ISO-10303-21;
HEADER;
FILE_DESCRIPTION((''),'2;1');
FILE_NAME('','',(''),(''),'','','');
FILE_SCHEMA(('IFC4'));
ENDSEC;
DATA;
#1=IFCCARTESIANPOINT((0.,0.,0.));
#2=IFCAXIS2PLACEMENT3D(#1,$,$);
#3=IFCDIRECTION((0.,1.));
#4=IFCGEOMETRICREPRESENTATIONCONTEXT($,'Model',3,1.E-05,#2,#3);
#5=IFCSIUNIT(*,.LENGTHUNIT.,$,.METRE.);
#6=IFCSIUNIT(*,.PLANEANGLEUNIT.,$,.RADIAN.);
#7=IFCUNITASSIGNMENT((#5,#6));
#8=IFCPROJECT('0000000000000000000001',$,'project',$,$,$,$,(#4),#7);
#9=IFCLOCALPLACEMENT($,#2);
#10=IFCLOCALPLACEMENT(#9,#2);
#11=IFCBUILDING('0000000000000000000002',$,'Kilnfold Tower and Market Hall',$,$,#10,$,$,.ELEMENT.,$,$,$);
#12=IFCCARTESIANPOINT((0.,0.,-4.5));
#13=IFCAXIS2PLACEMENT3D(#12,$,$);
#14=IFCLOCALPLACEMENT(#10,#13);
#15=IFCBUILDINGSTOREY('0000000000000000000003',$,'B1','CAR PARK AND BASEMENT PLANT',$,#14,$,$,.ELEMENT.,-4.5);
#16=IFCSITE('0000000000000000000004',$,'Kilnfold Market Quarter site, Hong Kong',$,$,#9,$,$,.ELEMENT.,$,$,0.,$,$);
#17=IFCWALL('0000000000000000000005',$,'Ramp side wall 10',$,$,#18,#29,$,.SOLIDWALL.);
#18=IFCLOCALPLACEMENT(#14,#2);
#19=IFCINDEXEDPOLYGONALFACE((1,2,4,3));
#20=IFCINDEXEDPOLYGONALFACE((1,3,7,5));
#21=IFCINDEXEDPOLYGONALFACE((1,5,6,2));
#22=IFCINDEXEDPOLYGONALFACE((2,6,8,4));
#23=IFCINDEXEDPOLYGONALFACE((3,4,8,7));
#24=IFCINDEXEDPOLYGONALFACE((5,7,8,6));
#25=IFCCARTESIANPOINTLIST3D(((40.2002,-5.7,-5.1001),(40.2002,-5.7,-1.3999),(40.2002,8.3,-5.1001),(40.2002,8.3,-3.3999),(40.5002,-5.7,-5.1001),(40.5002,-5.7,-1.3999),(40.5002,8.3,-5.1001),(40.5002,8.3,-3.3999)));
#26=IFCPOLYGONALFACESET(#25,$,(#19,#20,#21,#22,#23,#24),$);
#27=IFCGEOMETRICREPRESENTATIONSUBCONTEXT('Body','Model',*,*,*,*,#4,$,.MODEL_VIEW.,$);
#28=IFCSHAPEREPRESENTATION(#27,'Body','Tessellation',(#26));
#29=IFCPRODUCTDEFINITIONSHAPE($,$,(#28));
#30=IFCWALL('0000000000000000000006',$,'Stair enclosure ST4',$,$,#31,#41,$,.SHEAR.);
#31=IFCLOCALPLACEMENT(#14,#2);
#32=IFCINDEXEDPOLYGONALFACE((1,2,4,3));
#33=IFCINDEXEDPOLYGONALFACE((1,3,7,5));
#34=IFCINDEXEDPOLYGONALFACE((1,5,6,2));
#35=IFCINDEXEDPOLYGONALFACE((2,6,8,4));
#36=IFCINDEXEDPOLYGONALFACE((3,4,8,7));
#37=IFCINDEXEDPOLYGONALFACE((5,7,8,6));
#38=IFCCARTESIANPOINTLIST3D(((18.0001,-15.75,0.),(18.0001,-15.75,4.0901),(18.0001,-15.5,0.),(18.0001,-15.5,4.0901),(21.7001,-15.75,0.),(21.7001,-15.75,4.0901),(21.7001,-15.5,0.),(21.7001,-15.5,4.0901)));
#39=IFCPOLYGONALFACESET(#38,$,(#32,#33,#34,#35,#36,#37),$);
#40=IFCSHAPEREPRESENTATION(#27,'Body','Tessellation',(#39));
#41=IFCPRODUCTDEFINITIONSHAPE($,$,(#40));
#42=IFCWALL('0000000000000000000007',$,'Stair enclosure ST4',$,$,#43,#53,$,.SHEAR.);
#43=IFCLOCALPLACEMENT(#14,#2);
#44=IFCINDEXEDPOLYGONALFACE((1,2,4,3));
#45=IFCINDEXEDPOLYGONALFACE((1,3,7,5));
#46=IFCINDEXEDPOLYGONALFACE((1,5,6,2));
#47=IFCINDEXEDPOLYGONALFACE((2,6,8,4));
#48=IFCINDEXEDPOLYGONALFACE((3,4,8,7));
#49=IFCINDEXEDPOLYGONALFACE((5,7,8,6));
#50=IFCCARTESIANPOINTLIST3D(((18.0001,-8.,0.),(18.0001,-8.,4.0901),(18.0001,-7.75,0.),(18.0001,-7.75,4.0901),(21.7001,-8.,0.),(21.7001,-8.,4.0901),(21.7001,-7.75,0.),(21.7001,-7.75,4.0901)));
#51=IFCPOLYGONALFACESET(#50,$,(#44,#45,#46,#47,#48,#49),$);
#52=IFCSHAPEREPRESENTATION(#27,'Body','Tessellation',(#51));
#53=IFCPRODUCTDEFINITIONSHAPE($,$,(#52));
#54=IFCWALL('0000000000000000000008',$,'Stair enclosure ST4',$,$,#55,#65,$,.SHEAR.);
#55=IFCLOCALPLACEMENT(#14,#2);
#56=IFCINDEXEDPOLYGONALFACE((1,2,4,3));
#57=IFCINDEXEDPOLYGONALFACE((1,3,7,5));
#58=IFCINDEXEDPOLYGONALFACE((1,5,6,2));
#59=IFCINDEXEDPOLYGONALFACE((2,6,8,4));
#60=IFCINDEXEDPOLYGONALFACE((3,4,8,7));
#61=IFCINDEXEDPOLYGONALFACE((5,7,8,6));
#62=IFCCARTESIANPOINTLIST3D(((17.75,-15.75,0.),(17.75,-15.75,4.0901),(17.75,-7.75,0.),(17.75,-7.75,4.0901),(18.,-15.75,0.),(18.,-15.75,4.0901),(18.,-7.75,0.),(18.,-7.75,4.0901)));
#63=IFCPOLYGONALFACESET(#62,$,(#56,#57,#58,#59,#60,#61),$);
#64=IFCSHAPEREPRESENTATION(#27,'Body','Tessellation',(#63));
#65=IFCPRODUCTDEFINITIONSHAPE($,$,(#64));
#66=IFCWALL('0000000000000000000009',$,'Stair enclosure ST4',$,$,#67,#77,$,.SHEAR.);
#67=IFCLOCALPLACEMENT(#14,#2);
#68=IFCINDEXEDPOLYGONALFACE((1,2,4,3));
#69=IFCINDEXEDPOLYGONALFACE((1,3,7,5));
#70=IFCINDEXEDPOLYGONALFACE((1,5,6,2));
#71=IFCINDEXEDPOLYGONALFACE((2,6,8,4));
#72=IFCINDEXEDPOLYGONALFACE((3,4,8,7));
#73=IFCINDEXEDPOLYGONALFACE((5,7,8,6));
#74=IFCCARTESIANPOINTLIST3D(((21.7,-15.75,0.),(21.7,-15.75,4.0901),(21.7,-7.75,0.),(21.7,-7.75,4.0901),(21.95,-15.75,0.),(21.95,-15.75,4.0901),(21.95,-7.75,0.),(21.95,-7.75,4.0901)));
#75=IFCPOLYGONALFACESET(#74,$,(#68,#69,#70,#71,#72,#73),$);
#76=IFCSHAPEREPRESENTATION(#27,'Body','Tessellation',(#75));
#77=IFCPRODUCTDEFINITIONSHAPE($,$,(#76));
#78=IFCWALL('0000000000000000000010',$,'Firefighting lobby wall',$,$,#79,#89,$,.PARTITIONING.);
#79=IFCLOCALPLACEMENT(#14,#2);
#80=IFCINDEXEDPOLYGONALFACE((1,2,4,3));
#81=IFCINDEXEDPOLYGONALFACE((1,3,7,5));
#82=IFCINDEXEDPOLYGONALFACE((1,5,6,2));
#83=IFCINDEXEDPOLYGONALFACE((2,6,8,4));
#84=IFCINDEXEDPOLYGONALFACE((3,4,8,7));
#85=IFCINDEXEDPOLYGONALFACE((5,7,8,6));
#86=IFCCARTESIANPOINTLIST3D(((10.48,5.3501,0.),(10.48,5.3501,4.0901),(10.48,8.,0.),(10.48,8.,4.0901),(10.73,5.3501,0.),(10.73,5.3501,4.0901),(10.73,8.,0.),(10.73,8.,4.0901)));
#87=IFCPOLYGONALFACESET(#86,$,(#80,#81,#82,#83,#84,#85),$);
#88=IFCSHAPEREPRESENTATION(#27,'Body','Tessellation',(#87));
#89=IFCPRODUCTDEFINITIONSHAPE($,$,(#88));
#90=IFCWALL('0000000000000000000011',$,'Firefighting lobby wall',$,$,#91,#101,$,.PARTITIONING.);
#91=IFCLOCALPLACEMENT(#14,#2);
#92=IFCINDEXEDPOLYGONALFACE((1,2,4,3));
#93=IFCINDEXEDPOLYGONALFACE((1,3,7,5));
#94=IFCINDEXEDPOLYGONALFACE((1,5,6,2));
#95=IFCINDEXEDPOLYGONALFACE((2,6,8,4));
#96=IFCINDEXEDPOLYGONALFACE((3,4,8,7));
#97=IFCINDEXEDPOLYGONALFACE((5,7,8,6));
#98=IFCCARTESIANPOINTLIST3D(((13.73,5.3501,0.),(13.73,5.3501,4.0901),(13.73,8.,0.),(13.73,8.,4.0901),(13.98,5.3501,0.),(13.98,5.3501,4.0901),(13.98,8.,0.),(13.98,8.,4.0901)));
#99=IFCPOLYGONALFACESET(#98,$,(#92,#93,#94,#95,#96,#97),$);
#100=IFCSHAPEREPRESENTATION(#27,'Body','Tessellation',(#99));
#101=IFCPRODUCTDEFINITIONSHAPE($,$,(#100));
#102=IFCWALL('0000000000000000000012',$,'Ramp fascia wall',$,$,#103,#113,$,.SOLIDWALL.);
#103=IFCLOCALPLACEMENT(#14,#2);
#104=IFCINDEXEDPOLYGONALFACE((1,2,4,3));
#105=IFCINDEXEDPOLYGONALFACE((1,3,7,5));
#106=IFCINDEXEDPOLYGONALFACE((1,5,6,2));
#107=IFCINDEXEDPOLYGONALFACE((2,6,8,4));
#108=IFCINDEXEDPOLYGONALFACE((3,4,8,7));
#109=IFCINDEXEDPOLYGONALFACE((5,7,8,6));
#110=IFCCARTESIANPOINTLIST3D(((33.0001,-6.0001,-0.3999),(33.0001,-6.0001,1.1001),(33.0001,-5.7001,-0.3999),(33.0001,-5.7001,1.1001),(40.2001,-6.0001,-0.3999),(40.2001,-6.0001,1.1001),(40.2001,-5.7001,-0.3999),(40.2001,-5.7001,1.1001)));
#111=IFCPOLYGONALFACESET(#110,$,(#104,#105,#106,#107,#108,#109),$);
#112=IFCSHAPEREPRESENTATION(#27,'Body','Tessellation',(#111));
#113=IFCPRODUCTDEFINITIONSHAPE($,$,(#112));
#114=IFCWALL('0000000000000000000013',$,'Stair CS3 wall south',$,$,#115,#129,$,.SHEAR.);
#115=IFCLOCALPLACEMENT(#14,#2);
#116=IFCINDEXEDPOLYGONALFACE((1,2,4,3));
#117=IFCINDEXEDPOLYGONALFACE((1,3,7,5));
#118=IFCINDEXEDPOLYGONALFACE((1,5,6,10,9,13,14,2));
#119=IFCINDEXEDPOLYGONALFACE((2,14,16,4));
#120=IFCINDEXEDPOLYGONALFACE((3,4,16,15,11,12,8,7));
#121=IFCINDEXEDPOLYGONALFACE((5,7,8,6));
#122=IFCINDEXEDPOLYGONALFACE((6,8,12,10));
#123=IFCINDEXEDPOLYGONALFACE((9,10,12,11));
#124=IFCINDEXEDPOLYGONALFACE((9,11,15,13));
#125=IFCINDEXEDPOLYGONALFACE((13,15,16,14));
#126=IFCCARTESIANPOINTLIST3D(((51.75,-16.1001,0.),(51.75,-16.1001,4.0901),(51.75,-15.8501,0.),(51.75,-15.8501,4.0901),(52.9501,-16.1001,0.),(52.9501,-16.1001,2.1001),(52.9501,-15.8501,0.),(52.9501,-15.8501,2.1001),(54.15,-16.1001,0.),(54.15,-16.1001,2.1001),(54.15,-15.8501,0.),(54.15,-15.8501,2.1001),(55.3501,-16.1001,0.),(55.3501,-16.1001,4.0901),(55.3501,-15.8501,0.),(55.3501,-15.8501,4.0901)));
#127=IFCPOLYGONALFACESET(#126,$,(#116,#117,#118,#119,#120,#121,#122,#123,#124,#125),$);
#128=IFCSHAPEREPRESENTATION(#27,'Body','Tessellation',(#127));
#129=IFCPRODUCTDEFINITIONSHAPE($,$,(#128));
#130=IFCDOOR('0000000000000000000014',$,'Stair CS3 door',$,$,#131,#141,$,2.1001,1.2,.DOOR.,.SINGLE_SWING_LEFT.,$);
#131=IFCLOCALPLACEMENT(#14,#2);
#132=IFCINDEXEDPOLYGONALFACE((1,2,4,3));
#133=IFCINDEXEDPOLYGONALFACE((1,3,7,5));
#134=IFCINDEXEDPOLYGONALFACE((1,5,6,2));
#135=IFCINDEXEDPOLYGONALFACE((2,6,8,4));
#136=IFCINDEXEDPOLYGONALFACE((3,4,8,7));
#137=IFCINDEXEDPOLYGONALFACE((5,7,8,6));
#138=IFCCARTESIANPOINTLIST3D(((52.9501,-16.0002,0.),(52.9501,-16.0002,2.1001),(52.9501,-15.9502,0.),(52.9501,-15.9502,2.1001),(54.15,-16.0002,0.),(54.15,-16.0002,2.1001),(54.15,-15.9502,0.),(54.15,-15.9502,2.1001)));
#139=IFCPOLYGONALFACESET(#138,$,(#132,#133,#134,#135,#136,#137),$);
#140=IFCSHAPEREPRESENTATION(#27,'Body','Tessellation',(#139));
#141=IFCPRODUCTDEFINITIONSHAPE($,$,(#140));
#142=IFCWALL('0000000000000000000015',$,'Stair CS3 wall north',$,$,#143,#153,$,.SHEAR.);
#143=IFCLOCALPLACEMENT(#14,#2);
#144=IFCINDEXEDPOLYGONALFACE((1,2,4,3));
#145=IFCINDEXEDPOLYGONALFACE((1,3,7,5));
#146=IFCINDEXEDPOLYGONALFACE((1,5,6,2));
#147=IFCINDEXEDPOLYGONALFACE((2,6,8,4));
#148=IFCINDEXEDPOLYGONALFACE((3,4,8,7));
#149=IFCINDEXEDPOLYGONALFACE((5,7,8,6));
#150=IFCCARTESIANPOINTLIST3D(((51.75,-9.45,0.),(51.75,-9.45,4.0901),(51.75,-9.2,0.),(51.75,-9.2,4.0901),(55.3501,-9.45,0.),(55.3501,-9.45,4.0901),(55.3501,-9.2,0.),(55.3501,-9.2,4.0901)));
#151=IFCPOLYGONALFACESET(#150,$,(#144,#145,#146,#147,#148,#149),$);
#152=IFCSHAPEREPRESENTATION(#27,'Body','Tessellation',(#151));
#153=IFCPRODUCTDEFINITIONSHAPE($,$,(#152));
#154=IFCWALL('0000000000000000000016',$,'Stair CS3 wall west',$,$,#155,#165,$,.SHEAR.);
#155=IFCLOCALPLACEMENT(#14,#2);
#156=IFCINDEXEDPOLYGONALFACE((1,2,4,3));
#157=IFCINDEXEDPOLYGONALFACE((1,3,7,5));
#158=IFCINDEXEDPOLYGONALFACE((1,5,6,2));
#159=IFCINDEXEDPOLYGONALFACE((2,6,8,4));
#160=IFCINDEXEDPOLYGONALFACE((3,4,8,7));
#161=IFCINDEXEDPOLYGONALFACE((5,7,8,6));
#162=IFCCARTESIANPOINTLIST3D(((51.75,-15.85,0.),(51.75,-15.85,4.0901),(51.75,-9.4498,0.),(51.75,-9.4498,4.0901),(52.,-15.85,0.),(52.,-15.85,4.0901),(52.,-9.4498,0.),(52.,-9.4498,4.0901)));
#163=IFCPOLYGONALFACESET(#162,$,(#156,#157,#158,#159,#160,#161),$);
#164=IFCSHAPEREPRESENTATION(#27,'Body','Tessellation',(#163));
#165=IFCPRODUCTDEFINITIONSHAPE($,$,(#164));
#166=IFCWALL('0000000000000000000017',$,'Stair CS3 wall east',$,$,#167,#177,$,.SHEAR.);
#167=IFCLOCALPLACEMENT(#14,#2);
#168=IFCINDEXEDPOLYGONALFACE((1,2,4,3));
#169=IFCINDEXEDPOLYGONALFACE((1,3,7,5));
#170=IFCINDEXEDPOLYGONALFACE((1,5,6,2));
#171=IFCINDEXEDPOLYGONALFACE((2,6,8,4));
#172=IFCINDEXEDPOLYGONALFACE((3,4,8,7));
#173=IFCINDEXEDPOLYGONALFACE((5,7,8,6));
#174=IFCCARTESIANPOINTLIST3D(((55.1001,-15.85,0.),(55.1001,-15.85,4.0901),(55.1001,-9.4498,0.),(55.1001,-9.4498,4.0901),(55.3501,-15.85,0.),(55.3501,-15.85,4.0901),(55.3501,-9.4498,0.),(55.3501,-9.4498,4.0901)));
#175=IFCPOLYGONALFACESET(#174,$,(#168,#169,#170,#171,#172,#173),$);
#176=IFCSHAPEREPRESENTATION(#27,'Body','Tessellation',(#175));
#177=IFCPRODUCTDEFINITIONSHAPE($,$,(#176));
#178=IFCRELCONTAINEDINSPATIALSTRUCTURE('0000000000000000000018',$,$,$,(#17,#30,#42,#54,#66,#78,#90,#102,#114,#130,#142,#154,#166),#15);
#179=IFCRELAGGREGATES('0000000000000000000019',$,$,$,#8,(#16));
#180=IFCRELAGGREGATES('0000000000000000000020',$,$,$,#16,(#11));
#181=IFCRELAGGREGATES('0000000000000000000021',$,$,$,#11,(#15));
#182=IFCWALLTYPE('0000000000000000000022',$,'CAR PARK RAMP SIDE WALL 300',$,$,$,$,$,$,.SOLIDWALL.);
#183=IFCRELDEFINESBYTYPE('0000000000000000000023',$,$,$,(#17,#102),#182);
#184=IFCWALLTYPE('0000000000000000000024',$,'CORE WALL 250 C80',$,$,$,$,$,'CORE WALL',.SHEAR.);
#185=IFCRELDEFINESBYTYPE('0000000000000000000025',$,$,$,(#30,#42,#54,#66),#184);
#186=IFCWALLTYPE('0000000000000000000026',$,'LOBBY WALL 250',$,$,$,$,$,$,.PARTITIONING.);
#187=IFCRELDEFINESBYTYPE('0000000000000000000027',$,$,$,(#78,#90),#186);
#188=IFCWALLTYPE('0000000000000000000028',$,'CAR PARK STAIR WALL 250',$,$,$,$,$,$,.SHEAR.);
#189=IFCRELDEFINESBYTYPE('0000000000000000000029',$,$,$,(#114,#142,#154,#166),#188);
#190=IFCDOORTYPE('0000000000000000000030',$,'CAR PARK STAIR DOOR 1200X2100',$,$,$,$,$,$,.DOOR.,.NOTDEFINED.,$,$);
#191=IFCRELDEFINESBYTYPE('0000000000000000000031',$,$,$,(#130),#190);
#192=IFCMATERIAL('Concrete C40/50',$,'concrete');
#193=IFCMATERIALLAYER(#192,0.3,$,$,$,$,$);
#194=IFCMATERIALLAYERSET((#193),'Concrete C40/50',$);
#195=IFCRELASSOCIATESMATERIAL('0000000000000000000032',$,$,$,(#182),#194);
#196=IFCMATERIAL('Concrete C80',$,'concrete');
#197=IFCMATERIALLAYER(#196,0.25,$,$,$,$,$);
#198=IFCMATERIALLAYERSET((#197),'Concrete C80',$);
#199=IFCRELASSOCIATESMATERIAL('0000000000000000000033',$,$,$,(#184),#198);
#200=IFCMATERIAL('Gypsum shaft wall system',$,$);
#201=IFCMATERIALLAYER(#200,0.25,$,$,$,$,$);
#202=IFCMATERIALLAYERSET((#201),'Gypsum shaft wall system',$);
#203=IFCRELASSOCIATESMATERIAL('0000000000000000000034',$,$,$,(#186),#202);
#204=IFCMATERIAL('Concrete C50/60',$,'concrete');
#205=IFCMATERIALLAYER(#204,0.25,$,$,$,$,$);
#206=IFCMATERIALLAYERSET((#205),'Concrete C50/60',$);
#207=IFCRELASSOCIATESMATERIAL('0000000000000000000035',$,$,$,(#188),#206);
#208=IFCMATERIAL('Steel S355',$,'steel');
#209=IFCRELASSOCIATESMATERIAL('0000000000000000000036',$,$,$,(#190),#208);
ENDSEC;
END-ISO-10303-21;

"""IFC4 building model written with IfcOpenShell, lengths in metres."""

from ifc_helpers import new_model, si_unit, direction, frame, frame_2d, origin, place, context, subcontext, project, spatial, polyline, rectangle, outline, extrude, source, transform, mapped, material, layer, layer_set, type_object, element, fill, save


model = new_model("IFC4")

# Units and contexts
model_context = context("Model", 3, precision=1e-05, world=origin(), true_north=direction((0.0, 1.0)))
body_context = subcontext(model_context, "Body", "Model", "MODEL_VIEW")
ifc_project = project(units=[si_unit("LENGTHUNIT", "METRE"), si_unit("PLANEANGLEUNIT", "RADIAN")], contexts=[model_context])

# Site, building, storey
site_placement = place(None, origin())
site = spatial("IfcSite", under=ifc_project, at=site_placement, Name="Kilnfold Market Quarter site, Hong Kong", CompositionType="ELEMENT", RefElevation=0.0)
building_placement = place(site_placement, origin())
building = spatial("IfcBuilding", under=site, at=building_placement, Name="Kilnfold Tower and Market Hall", CompositionType="ELEMENT")
storey_placement = place(building_placement, frame((0.0, 0.0, -4.5)))
storey = spatial("IfcBuildingStorey", under=building, at=storey_placement, Name="B1", Description="CAR PARK AND BASEMENT PLANT", CompositionType="ELEMENT", Elevation=-4.5)

# Walls
ifc_material_1 = material(Name="Concrete C40/50", Category="concrete")
ifc_layer_1 = layer(ifc_material_1, 0.3)
ifc_layer_set_1 = layer_set([ifc_layer_1], Name="Concrete C40/50")
wall_type_1 = type_object("IfcWallType", Name="CAR PARK RAMP SIDE WALL 300", PredefinedType="SOLIDWALL", material=ifc_layer_set_1)
for number, where, z_axis, x_axis, name in (
    (1, (40.3501, -5.7, -5.1001), (0.0, 0.0, 1.0), (0.0, 1.0, 0.0), "Ramp side wall 10"),
):
    element("IfcWall", number, at=place(storey_placement, frame(where, z_axis=z_axis, x_axis=x_axis)), inside=storey, type_object=wall_type_1, Name=name, PredefinedType="SOLIDWALL", context=body_context, shape_type="SweptSolid", body=[
        extrude(outline(polyline([(0.0, 0.0), (14.0, 0.0), (14.0, 1.7002), (0.0, 3.7002), (0.0, 0.0)])), frame((0.0, 0.1499, 0.0), z_axis=(0.0, -1.0, 0.0), x_axis=(1.0, 0.0, 0.0)), (0.0, 0.0, 1.0), 0.3),
    ])
ifc_material_2 = material(Name="Concrete C80", Category="concrete")
ifc_layer_2 = layer(ifc_material_2, 0.25)
ifc_layer_set_2 = layer_set([ifc_layer_2], Name="Concrete C80")
wall_type_2 = type_object("IfcWallType", Name="CORE WALL 250 C80", ElementType="CORE WALL", PredefinedType="SHEAR", material=ifc_layer_set_2)
shared_shape_1 = source(origin(), body_context, "Body", "SweptSolid", [
    extrude(rectangle(XDim=3.7, YDim=0.25, at=frame_2d((1.8501, 0.0))), origin(), (0.0, 0.0, 1.0), 4.0901),
])
for number, where, z_axis, x_axis, name in (
    (2, (18.0, -15.625, 0.0), (0.0, 0.0, 1.0), (1.0, 0.0, 0.0), "Stair enclosure ST4"),
    (3, (18.0, -7.875, 0.0), (0.0, 0.0, 1.0), (1.0, 0.0, 0.0), "Stair enclosure ST4"),
):
    element("IfcWall", number, at=place(storey_placement, frame(where, z_axis=z_axis, x_axis=x_axis)), inside=storey, type_object=wall_type_2, Name=name, PredefinedType="SHEAR", context=body_context, shape_type="MappedRepresentation", body=[
        mapped(shared_shape_1, transform((0.0, 0.0, 0.0))),
    ])
shared_shape_2 = source(origin(), body_context, "Body", "SweptSolid", [
    extrude(rectangle(XDim=8.0, YDim=0.25, at=frame_2d((4.0, 0.0))), origin(), (0.0, 0.0, 1.0), 4.0901),
])
for number, where, z_axis, x_axis, name in (
    (4, (17.875, -15.75, 0.0), (0.0, 0.0, 1.0), (0.0, 1.0, 0.0), "Stair enclosure ST4"),
    (5, (21.825, -15.75, 0.0), (0.0, 0.0, 1.0), (0.0, 1.0, 0.0), "Stair enclosure ST4"),
):
    element("IfcWall", number, at=place(storey_placement, frame(where, z_axis=z_axis, x_axis=x_axis)), inside=storey, type_object=wall_type_2, Name=name, PredefinedType="SHEAR", context=body_context, shape_type="MappedRepresentation", body=[
        mapped(shared_shape_2, transform((0.0, 0.0, 0.0))),
    ])
ifc_material_3 = material(Name="Gypsum shaft wall system")
ifc_layer_3 = layer(ifc_material_3, 0.25)
ifc_layer_set_3 = layer_set([ifc_layer_3], Name="Gypsum shaft wall system")
wall_type_3 = type_object("IfcWallType", Name="LOBBY WALL 250", PredefinedType="PARTITIONING", material=ifc_layer_set_3)
shared_shape_3 = source(origin(), body_context, "Body", "SweptSolid", [
    extrude(rectangle(XDim=2.6499, YDim=0.25, at=frame_2d((1.325, 0.0))), origin(), (0.0, 0.0, 1.0), 4.0901),
])
for number, where, z_axis, x_axis, name in (
    (6, (10.605, 5.3501, 0.0), (0.0, 0.0, 1.0), (0.0, 1.0, 0.0), "Firefighting lobby wall"),
    (7, (13.855, 5.3501, 0.0), (0.0, 0.0, 1.0), (0.0, 1.0, 0.0), "Firefighting lobby wall"),
):
    element("IfcWall", number, at=place(storey_placement, frame(where, z_axis=z_axis, x_axis=x_axis)), inside=storey, type_object=wall_type_3, Name=name, PredefinedType="PARTITIONING", context=body_context, shape_type="MappedRepresentation", body=[
        mapped(shared_shape_3, transform((0.0, 0.0, 0.0))),
    ])
shared_shape_4 = source(origin(), body_context, "Body", "SweptSolid", [
    extrude(rectangle(XDim=7.2, YDim=0.3, at=frame_2d((3.6001, 0.0))), origin(), (0.0, 0.0, 1.0), 1.5),
])
wall_1_placement = place(storey_placement, frame((33.0, -5.8501, -0.3999), z_axis=(0.0, 0.0, 1.0), x_axis=(1.0, 0.0, 0.0)))
element("IfcWall", 8, at=wall_1_placement, inside=storey, type_object=wall_type_1, Name="Ramp fascia wall", PredefinedType="SOLIDWALL", context=body_context, shape_type="MappedRepresentation", body=[
    mapped(shared_shape_4, transform((0.0, 0.0, 0.0))),
])

# Wall, opening, door
ifc_material_4 = material(Name="Concrete C50/60", Category="concrete")
ifc_layer_4 = layer(ifc_material_4, 0.25)
ifc_layer_set_4 = layer_set([ifc_layer_4], Name="Concrete C50/60")
wall_type_4 = type_object("IfcWallType", Name="CAR PARK STAIR WALL 250", PredefinedType="SHEAR", material=ifc_layer_set_4)
shared_shape_5 = source(origin(), body_context, "Body", "SweptSolid", [
    extrude(rectangle(XDim=3.6001, YDim=0.25, at=frame_2d((1.8, 0.0))), origin(), (0.0, 0.0, 1.0), 4.0901),
])
wall_2_placement = place(storey_placement, frame((51.75, -15.9751, 0.0), z_axis=(0.0, 0.0, 1.0), x_axis=(1.0, 0.0, 0.0)))
wall_2 = element("IfcWall", 9, at=wall_2_placement, inside=storey, type_object=wall_type_4, Name="Stair CS3 wall south", PredefinedType="SHEAR", context=body_context, shape_type="MappedRepresentation", body=[
    mapped(shared_shape_5, transform((0.0, 0.0, 0.0))),
])
opening_placement = place(wall_2_placement, frame((1.2, 0.0, 0.0)))
opening = element("IfcOpeningElement", 10, at=opening_placement, cuts=wall_2, PredefinedType="OPENING", context=body_context, shape_type="SweptSolid", body=[
    extrude(rectangle(XDim=1.2, YDim=2.1001, at=frame_2d((0.6001, 1.05))), frame((0.0, 0.135, 0.0), z_axis=(0.0, -1.0, 0.0), x_axis=(1.0, 0.0, 0.0)), (0.0, 0.0, 1.0), 0.27),
])
ifc_material_5 = material(Name="Steel S355", Category="steel")
door_type = type_object("IfcDoorType", Name="CAR PARK STAIR DOOR 1200X2100", OperationType="NOTDEFINED", PredefinedType="DOOR", material=ifc_material_5)
door_placement = place(opening_placement, origin())
door = element("IfcDoor", 11, at=door_placement, inside=storey, type_object=door_type, Name="Stair CS3 door", OperationType="SINGLE_SWING_LEFT", OverallHeight=2.1001, OverallWidth=1.2, PredefinedType="DOOR", context=body_context, shape_type="SweptSolid", body=[
    extrude(rectangle(XDim=1.2, YDim=2.1001, at=frame_2d((0.6001, 1.05))), frame((0.0, 0.0249, 0.0), z_axis=(0.0, -1.0, 0.0), x_axis=(1.0, 0.0, 0.0)), (0.0, 0.0, 1.0), 0.05),
])
fill(opening, door)

# Walls
wall_3_placement = place(storey_placement, frame((51.75, -9.325, 0.0), z_axis=(0.0, 0.0, 1.0), x_axis=(1.0, 0.0, 0.0)))
element("IfcWall", 12, at=wall_3_placement, inside=storey, type_object=wall_type_4, Name="Stair CS3 wall north", PredefinedType="SHEAR", context=body_context, shape_type="MappedRepresentation", body=[
    mapped(shared_shape_5, transform((0.0, 0.0, 0.0))),
])
shared_shape_6 = source(origin(), body_context, "Body", "SweptSolid", [
    extrude(rectangle(XDim=6.4001, YDim=0.25, at=frame_2d((3.2002, 0.0))), origin(), (0.0, 0.0, 1.0), 4.0901),
])
for number, where, z_axis, x_axis, name in (
    (13, (51.875, -15.8501, 0.0), (0.0, 0.0, 1.0), (0.0, 1.0, 0.0), "Stair CS3 wall west"),
    (14, (55.2251, -15.8501, 0.0), (0.0, 0.0, 1.0), (0.0, 1.0, 0.0), "Stair CS3 wall east"),
):
    element("IfcWall", number, at=place(storey_placement, frame(where, z_axis=z_axis, x_axis=x_axis)), inside=storey, type_object=wall_type_4, Name=name, PredefinedType="SHEAR", context=body_context, shape_type="MappedRepresentation", body=[
        mapped(shared_shape_6, transform((0.0, 0.0, 0.0))),
    ])

save(model, "model.ifc")
